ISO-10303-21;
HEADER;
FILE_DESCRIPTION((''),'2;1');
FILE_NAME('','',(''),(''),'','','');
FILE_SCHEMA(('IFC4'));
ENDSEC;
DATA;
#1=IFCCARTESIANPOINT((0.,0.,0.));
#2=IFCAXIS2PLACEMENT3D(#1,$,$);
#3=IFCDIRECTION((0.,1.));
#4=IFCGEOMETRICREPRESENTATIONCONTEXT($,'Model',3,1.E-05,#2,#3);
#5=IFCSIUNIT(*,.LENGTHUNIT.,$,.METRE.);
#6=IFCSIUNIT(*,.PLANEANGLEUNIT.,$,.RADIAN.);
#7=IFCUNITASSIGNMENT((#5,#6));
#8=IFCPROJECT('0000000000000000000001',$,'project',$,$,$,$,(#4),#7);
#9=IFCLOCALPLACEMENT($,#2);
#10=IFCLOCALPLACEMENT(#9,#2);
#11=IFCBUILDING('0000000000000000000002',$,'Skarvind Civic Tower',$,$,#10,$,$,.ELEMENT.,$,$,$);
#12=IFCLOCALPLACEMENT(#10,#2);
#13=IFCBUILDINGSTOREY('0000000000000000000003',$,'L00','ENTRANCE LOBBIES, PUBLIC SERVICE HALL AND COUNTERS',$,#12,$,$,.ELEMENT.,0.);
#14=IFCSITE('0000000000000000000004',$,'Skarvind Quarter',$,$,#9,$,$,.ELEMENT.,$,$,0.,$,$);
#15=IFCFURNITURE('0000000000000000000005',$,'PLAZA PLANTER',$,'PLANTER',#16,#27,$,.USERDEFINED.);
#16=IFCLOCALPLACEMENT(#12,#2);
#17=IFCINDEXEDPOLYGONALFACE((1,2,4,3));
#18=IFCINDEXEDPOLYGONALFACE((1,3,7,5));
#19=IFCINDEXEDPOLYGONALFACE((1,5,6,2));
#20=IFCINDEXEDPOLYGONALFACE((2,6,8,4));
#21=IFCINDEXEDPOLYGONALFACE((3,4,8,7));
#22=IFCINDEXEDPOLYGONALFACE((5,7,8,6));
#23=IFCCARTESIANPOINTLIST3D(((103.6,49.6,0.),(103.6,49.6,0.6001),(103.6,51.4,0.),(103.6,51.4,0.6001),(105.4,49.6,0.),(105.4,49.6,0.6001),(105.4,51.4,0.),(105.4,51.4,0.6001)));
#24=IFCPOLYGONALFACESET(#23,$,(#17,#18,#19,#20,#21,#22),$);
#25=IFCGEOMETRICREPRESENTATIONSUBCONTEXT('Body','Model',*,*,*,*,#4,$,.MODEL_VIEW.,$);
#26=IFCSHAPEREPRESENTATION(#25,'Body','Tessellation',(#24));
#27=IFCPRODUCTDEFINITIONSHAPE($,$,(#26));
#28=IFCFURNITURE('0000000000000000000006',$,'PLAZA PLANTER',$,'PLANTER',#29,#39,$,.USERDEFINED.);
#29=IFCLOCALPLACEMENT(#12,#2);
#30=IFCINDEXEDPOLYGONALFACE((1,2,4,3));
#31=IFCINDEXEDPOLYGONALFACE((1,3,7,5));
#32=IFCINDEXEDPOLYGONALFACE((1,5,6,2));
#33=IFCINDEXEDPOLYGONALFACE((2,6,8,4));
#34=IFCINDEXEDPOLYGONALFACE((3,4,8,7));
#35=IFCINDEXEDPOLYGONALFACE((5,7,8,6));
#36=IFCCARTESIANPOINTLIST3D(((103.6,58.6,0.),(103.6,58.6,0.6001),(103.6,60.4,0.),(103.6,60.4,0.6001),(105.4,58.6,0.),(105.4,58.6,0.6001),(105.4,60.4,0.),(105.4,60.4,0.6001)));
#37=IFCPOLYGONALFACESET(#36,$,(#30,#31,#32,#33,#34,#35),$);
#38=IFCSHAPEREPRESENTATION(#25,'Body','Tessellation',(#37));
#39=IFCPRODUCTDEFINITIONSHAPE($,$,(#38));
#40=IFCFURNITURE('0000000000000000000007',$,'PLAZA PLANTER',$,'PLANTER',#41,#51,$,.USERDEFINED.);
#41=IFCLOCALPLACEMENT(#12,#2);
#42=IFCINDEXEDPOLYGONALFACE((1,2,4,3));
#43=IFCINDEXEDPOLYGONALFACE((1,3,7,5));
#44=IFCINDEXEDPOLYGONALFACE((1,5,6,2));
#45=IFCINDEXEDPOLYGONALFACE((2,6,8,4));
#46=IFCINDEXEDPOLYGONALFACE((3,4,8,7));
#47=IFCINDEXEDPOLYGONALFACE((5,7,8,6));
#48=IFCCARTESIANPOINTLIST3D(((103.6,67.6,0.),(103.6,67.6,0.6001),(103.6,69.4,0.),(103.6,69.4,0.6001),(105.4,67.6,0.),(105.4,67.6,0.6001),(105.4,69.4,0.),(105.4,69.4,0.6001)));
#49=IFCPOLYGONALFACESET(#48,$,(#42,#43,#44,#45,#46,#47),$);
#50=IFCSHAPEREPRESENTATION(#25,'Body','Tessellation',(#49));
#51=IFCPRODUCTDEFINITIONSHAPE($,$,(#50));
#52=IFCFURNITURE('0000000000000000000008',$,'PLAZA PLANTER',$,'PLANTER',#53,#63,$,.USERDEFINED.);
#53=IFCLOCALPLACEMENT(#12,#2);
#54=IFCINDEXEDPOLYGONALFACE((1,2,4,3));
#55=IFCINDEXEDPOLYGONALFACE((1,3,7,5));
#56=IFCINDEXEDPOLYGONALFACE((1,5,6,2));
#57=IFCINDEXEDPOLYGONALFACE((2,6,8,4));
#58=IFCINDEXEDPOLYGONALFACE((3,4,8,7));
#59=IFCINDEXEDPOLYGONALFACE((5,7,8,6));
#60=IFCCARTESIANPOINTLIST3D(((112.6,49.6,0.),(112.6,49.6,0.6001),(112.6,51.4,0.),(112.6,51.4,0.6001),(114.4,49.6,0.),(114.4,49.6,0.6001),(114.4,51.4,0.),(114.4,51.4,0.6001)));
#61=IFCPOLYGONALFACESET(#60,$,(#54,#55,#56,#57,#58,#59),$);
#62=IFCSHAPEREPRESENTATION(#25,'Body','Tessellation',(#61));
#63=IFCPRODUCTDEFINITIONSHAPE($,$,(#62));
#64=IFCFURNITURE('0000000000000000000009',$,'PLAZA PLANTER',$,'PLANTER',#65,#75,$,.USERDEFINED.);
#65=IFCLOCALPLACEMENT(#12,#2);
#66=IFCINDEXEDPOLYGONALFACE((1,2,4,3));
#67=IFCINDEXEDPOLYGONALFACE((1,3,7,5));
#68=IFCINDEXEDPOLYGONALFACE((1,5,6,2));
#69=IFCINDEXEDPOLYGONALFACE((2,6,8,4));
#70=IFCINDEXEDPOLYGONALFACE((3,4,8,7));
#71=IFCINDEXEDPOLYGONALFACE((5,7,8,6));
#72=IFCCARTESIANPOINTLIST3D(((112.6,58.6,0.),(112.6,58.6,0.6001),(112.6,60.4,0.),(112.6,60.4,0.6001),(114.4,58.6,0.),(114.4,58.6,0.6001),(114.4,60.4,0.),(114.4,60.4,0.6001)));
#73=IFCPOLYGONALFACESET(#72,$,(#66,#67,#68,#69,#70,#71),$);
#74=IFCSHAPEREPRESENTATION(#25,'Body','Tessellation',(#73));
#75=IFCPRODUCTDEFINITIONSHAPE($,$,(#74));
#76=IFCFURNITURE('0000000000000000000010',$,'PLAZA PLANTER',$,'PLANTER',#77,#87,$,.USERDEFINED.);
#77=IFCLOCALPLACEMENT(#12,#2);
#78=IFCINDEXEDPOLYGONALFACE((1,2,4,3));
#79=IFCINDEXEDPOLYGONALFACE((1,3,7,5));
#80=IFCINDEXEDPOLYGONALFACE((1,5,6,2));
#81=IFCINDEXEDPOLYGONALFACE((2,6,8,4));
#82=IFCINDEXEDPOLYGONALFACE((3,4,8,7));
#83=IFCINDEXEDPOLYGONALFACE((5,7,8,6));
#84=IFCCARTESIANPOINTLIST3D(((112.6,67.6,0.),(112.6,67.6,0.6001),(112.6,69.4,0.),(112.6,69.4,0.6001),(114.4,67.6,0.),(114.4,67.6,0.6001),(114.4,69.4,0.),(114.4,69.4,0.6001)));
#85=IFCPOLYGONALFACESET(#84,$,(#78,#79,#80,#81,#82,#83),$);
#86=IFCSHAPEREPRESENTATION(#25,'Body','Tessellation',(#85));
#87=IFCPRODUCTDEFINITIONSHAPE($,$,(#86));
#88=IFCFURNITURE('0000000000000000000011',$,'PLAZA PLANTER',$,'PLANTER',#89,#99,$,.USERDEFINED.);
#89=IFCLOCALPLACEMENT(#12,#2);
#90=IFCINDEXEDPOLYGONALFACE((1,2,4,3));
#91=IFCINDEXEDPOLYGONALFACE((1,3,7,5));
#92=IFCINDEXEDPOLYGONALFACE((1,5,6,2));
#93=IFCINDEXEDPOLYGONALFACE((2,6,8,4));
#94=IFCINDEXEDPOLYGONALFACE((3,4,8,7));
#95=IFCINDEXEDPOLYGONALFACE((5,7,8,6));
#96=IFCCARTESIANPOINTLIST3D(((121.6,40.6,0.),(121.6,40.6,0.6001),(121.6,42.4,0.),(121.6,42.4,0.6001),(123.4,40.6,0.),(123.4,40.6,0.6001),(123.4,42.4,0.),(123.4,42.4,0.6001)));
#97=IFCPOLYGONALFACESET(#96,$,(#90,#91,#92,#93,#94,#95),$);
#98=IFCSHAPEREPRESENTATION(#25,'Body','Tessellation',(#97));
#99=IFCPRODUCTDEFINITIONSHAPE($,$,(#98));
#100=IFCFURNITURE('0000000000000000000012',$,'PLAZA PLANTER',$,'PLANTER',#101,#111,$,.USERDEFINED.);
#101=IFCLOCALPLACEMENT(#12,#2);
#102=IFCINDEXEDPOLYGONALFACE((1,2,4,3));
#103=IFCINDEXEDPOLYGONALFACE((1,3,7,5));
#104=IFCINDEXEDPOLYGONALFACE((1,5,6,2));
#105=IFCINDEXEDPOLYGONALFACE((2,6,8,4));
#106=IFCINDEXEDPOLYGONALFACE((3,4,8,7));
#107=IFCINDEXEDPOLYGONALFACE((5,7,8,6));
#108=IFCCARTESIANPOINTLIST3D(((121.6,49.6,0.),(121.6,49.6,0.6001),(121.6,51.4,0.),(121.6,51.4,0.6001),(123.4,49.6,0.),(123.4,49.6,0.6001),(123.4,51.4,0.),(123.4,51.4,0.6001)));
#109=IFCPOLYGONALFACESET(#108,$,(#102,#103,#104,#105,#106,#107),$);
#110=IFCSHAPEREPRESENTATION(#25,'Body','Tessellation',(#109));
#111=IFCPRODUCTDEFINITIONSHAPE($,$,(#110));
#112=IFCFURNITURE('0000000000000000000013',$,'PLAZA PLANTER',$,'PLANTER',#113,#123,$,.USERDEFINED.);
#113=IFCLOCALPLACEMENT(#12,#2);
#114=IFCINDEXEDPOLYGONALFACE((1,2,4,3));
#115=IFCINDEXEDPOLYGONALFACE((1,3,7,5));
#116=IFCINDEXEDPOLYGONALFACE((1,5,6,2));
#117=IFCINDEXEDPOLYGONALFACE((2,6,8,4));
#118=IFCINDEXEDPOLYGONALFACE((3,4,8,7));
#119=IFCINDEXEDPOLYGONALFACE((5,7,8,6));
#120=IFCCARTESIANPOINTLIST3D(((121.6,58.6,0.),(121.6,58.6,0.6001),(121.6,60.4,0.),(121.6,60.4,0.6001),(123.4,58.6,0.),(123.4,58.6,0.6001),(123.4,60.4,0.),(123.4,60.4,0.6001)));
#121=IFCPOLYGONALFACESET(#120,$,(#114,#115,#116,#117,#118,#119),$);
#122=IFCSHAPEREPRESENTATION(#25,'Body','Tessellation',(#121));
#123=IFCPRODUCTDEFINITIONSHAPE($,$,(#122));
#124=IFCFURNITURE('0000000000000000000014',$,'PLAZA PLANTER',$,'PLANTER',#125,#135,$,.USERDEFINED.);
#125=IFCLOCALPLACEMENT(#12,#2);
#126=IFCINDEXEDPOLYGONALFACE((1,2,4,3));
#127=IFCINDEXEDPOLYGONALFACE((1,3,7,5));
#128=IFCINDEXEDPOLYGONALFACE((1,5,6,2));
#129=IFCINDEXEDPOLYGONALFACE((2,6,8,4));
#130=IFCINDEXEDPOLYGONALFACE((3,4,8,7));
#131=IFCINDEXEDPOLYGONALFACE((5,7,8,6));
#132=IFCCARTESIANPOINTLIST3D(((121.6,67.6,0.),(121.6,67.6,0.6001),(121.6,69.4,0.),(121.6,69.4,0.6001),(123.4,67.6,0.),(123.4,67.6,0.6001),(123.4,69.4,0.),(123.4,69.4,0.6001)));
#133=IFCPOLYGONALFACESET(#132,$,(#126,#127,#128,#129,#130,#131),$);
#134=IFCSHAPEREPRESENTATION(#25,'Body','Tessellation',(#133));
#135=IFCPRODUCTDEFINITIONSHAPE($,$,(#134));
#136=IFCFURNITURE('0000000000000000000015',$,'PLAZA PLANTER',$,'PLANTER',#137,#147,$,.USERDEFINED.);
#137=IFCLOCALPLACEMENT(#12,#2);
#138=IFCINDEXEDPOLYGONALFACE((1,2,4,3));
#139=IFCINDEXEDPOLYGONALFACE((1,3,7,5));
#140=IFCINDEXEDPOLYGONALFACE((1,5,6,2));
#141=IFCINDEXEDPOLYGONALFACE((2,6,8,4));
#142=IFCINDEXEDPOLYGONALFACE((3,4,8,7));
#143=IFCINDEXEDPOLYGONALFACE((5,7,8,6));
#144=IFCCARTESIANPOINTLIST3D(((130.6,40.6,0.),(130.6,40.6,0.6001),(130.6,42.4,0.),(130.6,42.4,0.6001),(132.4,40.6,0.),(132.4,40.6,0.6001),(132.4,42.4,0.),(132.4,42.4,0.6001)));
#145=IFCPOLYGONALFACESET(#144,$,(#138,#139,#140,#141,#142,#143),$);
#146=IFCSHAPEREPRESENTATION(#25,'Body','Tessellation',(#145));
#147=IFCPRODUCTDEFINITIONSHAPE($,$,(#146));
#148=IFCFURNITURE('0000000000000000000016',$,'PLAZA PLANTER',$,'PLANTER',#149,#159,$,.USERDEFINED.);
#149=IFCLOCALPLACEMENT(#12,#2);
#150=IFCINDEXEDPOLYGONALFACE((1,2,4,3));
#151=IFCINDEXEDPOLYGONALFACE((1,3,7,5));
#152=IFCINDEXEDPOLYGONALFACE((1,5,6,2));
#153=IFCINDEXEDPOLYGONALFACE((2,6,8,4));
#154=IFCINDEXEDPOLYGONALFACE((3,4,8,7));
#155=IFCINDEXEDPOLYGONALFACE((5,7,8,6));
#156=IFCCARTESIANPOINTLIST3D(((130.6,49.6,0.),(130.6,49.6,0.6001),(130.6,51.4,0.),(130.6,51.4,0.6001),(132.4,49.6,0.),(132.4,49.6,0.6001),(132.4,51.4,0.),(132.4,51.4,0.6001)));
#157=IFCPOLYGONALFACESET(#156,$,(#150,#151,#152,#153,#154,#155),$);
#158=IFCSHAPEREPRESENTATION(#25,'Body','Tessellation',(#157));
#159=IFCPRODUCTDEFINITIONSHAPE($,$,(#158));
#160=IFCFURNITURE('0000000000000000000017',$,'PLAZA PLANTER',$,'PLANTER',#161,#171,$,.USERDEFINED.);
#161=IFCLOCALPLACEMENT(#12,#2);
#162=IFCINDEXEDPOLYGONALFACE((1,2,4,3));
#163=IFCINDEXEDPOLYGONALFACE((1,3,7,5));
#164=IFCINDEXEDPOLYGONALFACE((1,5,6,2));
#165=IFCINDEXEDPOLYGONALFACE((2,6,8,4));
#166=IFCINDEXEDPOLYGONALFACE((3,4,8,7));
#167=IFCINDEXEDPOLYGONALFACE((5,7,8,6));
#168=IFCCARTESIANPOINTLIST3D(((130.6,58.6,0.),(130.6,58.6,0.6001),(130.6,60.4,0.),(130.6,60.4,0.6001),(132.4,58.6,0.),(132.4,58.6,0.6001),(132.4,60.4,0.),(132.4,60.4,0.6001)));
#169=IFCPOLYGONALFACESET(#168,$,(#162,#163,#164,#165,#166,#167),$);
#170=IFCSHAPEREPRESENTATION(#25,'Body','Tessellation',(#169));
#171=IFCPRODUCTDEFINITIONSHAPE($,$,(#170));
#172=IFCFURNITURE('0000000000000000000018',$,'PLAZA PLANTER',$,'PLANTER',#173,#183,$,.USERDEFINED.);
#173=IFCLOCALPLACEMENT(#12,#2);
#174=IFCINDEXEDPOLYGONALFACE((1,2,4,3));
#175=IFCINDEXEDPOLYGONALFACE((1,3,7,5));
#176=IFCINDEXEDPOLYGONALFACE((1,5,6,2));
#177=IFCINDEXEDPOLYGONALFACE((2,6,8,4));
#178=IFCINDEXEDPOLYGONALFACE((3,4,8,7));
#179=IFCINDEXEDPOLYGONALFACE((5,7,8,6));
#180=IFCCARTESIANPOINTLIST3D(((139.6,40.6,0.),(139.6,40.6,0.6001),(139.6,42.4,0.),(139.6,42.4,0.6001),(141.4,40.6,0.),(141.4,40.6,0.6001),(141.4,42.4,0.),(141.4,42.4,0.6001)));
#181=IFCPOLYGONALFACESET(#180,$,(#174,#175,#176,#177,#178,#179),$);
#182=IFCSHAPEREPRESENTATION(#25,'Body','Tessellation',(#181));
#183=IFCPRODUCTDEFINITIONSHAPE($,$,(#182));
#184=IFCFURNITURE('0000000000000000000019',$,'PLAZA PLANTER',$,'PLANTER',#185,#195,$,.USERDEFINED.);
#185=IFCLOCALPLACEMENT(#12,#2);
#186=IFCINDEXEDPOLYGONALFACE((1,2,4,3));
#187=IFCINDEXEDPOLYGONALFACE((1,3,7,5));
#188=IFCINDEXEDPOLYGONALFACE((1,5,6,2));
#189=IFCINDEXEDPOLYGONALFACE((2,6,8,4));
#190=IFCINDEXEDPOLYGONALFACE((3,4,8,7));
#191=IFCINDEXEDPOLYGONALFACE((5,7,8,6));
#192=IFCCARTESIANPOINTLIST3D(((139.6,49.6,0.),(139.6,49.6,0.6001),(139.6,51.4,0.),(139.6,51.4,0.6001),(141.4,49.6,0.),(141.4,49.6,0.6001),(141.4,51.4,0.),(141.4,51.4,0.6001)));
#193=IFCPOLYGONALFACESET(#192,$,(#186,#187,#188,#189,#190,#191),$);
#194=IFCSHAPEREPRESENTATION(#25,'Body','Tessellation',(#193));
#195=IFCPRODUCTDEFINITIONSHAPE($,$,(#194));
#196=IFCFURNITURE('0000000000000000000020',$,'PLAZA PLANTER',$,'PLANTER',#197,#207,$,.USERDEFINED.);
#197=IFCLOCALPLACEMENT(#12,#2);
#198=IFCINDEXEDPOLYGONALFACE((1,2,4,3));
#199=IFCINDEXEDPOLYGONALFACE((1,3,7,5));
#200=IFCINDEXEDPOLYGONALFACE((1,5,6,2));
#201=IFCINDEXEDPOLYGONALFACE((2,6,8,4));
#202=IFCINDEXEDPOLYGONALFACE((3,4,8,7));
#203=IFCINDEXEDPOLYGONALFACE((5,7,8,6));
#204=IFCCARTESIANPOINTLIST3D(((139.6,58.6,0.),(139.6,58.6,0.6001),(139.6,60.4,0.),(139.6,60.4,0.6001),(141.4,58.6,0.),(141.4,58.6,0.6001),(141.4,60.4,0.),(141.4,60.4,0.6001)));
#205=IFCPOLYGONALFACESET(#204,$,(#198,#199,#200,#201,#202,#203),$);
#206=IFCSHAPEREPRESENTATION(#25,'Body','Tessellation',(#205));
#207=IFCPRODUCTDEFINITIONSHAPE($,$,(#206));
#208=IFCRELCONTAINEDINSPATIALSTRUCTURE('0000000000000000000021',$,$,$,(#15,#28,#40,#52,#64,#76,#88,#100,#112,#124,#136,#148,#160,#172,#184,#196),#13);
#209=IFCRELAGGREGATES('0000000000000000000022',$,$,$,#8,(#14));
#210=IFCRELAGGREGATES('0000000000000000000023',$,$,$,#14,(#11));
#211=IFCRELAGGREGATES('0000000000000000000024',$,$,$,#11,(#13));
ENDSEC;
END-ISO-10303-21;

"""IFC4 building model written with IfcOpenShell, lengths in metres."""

from ifc_helpers import new_model, si_unit, direction, frame, origin, origin_2d, place, context, subcontext, project, spatial, rectangle, extrude, element, save


model = new_model("IFC4")

# Units and contexts
model_context = context("Model", 3, precision=1e-05, world=origin(), true_north=direction((0.0, 1.0)))
body_context = subcontext(model_context, "Body", "Model", "MODEL_VIEW")
ifc_project = project(units=[si_unit("LENGTHUNIT", "METRE"), si_unit("PLANEANGLEUNIT", "RADIAN")], contexts=[model_context])

# Site, building, storey
site_placement = place(None, origin())
site = spatial("IfcSite", under=ifc_project, at=site_placement, Name="Skarvind Quarter", CompositionType="ELEMENT", RefElevation=0.0)
building_placement = place(site_placement, origin())
building = spatial("IfcBuilding", under=site, at=building_placement, Name="Skarvind Civic Tower", CompositionType="ELEMENT")
storey_placement = place(building_placement, origin())
storey = spatial("IfcBuildingStorey", under=building, at=storey_placement, Name="L00", Description="ENTRANCE LOBBIES, PUBLIC SERVICE HALL AND COUNTERS", CompositionType="ELEMENT", Elevation=0.0)

# Furniture
for number, where, z_axis, x_axis, name in (
    (1, (104.5, 50.5, 0.0), (0.0, 0.0, 1.0), (1.0, 0.0, 0.0), "PLAZA PLANTER"),
    (2, (104.5, 59.5, 0.0), (0.0, 0.0, 1.0), (1.0, 0.0, 0.0), "PLAZA PLANTER"),
    (3, (104.5, 68.5, 0.0), (0.0, 0.0, 1.0), (1.0, 0.0, 0.0), "PLAZA PLANTER"),
    (4, (113.5, 50.5, 0.0), (0.0, 0.0, 1.0), (1.0, 0.0, 0.0), "PLAZA PLANTER"),
    (5, (113.5, 59.5, 0.0), (0.0, 0.0, 1.0), (1.0, 0.0, 0.0), "PLAZA PLANTER"),
    (6, (113.5, 68.5, 0.0), (0.0, 0.0, 1.0), (1.0, 0.0, 0.0), "PLAZA PLANTER"),
    (7, (122.5, 41.5, 0.0), (0.0, 0.0, 1.0), (1.0, 0.0, 0.0), "PLAZA PLANTER"),
    (8, (122.5, 50.5, 0.0), (0.0, 0.0, 1.0), (1.0, 0.0, 0.0), "PLAZA PLANTER"),
    (9, (122.5, 59.5, 0.0), (0.0, 0.0, 1.0), (1.0, 0.0, 0.0), "PLAZA PLANTER"),
    (10, (122.5, 68.5, 0.0), (0.0, 0.0, 1.0), (1.0, 0.0, 0.0), "PLAZA PLANTER"),
    (11, (131.5, 41.5, 0.0), (0.0, 0.0, 1.0), (1.0, 0.0, 0.0), "PLAZA PLANTER"),
    (12, (131.5, 50.5, 0.0), (0.0, 0.0, 1.0), (1.0, 0.0, 0.0), "PLAZA PLANTER"),
    (13, (131.5, 59.5, 0.0), (0.0, 0.0, 1.0), (1.0, 0.0, 0.0), "PLAZA PLANTER"),
    (14, (140.5, 41.5, 0.0), (0.0, 0.0, 1.0), (1.0, 0.0, 0.0), "PLAZA PLANTER"),
    (15, (140.5, 50.5, 0.0), (0.0, 0.0, 1.0), (1.0, 0.0, 0.0), "PLAZA PLANTER"),
    (16, (140.5, 59.5, 0.0), (0.0, 0.0, 1.0), (1.0, 0.0, 0.0), "PLAZA PLANTER"),
):
    element("IfcFurniture", number, at=place(storey_placement, frame(where, z_axis=z_axis, x_axis=x_axis)), inside=storey, Name=name, ObjectType="PLANTER", PredefinedType="USERDEFINED", context=body_context, shape_type="SweptSolid", body=[
        extrude(rectangle(XDim=1.8, YDim=1.8, at=origin_2d()), origin(), (0.0, 0.0, 1.0), 0.6001),
    ])

save(model, "model.ifc")
